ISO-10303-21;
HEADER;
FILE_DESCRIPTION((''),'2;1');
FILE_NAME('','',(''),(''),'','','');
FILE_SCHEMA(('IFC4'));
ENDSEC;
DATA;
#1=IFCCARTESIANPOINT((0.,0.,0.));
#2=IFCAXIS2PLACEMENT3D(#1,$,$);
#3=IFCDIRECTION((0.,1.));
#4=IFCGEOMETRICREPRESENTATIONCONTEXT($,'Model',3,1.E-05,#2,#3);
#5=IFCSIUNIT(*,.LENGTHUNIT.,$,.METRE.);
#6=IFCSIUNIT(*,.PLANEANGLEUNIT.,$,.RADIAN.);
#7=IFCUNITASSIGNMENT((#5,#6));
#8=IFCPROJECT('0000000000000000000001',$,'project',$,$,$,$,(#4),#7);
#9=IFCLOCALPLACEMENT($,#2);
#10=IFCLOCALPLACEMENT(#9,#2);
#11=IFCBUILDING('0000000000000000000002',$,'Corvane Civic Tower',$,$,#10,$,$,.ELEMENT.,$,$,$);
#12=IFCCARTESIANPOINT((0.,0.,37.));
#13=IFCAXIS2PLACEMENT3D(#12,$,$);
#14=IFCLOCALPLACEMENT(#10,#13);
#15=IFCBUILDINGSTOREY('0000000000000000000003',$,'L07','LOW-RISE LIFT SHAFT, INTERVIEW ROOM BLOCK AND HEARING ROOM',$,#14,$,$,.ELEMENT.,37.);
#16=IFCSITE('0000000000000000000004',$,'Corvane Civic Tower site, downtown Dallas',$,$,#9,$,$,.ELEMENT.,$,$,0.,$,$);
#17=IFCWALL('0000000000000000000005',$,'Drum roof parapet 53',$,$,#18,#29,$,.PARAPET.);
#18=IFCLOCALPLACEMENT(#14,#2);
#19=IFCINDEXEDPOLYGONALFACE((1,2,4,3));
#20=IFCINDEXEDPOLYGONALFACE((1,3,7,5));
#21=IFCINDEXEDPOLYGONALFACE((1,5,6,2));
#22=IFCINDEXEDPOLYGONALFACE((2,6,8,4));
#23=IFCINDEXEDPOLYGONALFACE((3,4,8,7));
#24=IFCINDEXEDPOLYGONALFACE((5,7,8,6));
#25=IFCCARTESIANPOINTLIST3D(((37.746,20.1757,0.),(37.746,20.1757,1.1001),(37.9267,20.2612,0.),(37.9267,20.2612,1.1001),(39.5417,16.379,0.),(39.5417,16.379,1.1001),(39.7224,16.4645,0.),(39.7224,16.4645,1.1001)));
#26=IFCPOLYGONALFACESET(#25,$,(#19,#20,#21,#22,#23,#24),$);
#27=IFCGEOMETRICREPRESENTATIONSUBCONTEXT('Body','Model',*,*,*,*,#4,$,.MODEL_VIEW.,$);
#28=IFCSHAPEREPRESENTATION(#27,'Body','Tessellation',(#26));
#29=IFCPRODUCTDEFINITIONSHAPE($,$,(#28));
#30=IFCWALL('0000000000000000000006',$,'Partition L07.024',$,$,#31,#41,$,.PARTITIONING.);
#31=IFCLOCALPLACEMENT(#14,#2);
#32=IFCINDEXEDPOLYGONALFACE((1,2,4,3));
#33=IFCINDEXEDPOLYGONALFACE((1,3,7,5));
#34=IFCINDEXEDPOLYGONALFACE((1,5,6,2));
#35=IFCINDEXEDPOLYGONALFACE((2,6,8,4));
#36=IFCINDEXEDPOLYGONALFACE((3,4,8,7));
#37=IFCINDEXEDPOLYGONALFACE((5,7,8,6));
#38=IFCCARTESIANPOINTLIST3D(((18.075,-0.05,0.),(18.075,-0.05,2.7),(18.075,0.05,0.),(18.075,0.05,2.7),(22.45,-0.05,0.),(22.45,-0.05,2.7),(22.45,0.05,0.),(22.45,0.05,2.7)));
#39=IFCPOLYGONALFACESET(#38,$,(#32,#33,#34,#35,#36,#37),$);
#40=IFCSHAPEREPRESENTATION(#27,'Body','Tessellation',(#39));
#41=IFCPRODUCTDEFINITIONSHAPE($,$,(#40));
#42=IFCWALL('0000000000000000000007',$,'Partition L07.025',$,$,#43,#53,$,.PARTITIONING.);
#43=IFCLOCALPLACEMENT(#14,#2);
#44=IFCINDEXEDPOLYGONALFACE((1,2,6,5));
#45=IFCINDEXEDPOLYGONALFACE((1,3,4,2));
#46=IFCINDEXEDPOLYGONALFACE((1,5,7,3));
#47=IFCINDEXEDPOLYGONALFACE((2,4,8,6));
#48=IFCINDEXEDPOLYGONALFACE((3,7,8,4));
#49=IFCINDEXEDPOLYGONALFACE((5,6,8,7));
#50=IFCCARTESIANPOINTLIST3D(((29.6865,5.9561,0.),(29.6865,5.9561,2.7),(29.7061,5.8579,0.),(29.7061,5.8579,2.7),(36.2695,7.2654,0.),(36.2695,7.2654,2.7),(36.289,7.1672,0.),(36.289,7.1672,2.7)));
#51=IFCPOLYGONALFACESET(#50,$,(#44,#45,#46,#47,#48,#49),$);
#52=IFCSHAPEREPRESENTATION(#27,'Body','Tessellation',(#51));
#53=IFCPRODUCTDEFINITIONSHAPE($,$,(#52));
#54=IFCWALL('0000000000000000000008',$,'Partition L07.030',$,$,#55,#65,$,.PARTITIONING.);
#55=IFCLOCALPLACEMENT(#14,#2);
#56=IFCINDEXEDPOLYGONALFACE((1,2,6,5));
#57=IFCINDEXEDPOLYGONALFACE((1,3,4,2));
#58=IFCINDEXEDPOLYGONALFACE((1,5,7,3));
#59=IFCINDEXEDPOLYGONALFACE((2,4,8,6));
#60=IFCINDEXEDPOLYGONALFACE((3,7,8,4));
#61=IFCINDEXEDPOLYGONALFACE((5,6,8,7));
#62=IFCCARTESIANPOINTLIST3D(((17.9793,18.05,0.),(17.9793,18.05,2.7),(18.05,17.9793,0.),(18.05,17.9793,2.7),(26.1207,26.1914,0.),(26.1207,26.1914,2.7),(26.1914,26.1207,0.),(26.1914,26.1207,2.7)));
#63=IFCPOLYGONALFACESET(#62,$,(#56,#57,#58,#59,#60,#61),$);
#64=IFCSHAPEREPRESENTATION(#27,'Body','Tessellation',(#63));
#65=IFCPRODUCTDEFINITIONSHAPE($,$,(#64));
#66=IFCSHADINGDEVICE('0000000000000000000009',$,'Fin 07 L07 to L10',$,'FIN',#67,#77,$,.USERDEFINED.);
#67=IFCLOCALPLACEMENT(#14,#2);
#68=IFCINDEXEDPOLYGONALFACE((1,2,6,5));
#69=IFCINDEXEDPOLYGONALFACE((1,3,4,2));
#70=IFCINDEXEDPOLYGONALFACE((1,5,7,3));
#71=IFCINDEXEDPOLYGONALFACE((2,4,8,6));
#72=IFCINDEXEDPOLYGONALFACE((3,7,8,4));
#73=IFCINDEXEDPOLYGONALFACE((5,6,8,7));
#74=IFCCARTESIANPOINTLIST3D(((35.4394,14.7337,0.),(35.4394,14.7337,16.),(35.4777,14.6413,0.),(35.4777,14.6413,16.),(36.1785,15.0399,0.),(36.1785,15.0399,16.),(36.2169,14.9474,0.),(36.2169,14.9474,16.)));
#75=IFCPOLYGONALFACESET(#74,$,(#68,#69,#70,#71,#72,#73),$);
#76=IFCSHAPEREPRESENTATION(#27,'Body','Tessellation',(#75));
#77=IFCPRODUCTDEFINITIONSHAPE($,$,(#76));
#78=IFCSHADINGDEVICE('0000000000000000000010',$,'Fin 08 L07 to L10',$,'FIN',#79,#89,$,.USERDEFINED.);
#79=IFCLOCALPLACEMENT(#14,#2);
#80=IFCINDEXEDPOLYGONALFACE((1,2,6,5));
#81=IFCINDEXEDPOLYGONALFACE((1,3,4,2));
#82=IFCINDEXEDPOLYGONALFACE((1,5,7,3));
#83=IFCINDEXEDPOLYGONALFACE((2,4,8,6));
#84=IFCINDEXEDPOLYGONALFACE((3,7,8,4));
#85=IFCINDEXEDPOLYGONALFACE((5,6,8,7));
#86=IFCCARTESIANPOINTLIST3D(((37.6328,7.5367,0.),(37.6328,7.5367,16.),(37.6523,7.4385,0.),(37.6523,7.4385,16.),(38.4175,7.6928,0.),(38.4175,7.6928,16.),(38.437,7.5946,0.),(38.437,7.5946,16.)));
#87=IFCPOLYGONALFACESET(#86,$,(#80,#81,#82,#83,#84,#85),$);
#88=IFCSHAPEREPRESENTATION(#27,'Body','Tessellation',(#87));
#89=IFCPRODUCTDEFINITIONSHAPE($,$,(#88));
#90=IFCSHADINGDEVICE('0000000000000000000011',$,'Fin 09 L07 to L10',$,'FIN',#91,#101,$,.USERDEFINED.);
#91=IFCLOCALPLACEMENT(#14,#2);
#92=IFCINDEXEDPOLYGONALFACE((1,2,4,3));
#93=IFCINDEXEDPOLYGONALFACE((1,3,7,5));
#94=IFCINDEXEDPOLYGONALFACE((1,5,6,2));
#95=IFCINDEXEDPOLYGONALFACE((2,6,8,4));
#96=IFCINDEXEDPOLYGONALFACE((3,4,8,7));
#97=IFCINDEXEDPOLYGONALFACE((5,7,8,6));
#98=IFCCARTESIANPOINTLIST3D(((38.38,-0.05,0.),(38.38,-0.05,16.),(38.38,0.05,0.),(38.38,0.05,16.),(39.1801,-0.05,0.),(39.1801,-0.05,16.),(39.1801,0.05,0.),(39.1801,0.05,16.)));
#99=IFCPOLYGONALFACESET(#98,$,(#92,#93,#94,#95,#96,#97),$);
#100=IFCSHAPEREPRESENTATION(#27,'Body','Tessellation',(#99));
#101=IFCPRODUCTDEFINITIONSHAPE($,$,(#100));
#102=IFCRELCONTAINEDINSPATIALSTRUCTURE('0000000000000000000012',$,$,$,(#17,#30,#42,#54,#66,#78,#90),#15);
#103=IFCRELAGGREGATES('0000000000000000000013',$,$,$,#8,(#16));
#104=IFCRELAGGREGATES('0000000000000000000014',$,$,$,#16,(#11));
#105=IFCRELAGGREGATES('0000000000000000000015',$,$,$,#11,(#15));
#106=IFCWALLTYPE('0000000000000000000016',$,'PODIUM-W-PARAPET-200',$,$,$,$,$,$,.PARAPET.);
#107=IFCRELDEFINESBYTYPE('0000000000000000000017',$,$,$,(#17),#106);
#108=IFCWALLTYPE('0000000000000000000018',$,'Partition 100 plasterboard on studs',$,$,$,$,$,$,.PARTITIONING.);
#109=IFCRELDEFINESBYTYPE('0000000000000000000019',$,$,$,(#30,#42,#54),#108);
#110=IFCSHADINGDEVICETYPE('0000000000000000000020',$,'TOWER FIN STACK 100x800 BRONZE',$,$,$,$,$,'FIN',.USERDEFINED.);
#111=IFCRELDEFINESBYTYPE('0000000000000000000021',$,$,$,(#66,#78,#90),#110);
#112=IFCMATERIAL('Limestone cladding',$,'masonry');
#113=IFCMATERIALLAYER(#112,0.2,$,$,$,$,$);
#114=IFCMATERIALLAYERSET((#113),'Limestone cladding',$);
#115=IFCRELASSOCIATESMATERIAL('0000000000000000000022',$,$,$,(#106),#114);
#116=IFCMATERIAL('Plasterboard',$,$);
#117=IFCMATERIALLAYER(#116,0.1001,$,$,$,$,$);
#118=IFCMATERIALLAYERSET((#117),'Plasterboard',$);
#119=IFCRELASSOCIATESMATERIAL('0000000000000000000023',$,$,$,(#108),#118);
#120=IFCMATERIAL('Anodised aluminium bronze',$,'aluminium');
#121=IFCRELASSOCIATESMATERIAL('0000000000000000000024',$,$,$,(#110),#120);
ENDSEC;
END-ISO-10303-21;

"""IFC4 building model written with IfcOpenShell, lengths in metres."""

from ifc_helpers import new_model, si_unit, direction, frame, frame_2d, origin, origin_2d, place, context, subcontext, project, spatial, rectangle, extrude, material, layer, layer_set, material_profile, profile_set, type_object, element, save


model = new_model("IFC4")

# Units and contexts
model_context = context("Model", 3, precision=1e-05, world=origin(), true_north=direction((0.0, 1.0)))
body_context = subcontext(model_context, "Body", "Model", "MODEL_VIEW")
ifc_project = project(units=[si_unit("LENGTHUNIT", "METRE"), si_unit("PLANEANGLEUNIT", "RADIAN")], contexts=[model_context])

# Site, building, storey
site_placement = place(None, origin())
site = spatial("IfcSite", under=ifc_project, at=site_placement, Name="Corvane Civic Tower site, downtown Dallas", CompositionType="ELEMENT", RefElevation=0.0)
building_placement = place(site_placement, origin())
building = spatial("IfcBuilding", under=site, at=building_placement, Name="Corvane Civic Tower", CompositionType="ELEMENT")
storey_placement = place(building_placement, frame((0.0, 0.0, 37.0)))
storey = spatial("IfcBuildingStorey", under=building, at=storey_placement, Name="L07", Description="LOW-RISE LIFT SHAFT, INTERVIEW ROOM BLOCK AND HEARING ROOM", CompositionType="ELEMENT", Elevation=37.0)

# Walls
ifc_material_1 = material(Name="Limestone cladding", Category="masonry")
ifc_layer_1 = layer(ifc_material_1, 0.2)
ifc_layer_set_1 = layer_set([ifc_layer_1], Name="Limestone cladding")
wall_type_1 = type_object("IfcWallType", Name="PODIUM-W-PARAPET-200", PredefinedType="PARAPET", material=ifc_layer_set_1)
wall_1_placement = place(storey_placement, frame((39.6321, 16.4216, 0.0), z_axis=(0.0, 0.0, 1.0), x_axis=(-0.427552, 0.903991, 0.0)))
element("IfcWall", 1, at=wall_1_placement, inside=storey, type_object=wall_type_1, Name="Drum roof parapet 53", PredefinedType="PARAPET", context=body_context, shape_type="SweptSolid", body=[
    extrude(rectangle(XDim=4.2, YDim=0.2, at=frame_2d((2.1001, 0.0))), origin(), (0.0, 0.0, 1.0), 1.1001),
])
ifc_material_2 = material(Name="Plasterboard")
ifc_layer_2 = layer(ifc_material_2, 0.1001)
ifc_layer_set_2 = layer_set([ifc_layer_2], Name="Plasterboard")
wall_type_2 = type_object("IfcWallType", Name="Partition 100 plasterboard on studs", PredefinedType="PARTITIONING", material=ifc_layer_set_2)
wall_2_placement = place(storey_placement, frame((18.075, 0.0, 0.0), z_axis=(0.0, 0.0, 1.0), x_axis=(1.0, 0.0, 0.0)))
element("IfcWall", 2, at=wall_2_placement, inside=storey, type_object=wall_type_2, Name="Partition L07.024", PredefinedType="PARTITIONING", context=body_context, shape_type="SweptSolid", body=[
    extrude(rectangle(XDim=4.375, YDim=0.1001, at=frame_2d((2.1875, 0.0))), origin(), (0.0, 0.0, 1.0), 2.7),
])
wall_3_placement = place(storey_placement, frame((29.6963, 5.907, 0.0), z_axis=(0.0, 0.0, 1.0), x_axis=(0.980789, 0.195074, 0.0)))
element("IfcWall", 3, at=wall_3_placement, inside=storey, type_object=wall_type_2, Name="Partition L07.025", PredefinedType="PARTITIONING", context=body_context, shape_type="SweptSolid", body=[
    extrude(rectangle(XDim=6.7119, YDim=0.1001, at=frame_2d((3.356, 0.0))), origin(), (0.0, 0.0, 1.0), 2.7),
])
wall_4_placement = place(storey_placement, frame((18.0146, 18.0146, 0.0), z_axis=(0.0, 0.0, 1.0), x_axis=(0.707107, 0.707107, 0.0)))
element("IfcWall", 4, at=wall_4_placement, inside=storey, type_object=wall_type_2, Name="Partition L07.030", PredefinedType="PARTITIONING", context=body_context, shape_type="SweptSolid", body=[
    extrude(rectangle(XDim=11.5137, YDim=0.1001, at=frame_2d((5.7568, 0.0))), origin(), (0.0, 0.0, 1.0), 2.7),
])

# Shading devices
ifc_material_3 = material(Name="Anodised aluminium bronze", Category="aluminium")
ifc_material_profile_1 = material_profile(ifc_material_3, rectangle(XDim=0.1001, YDim=0.8, at=origin_2d()), Name="TOWER FIN STACK 100x800 BRONZE")
ifc_profile_set_1 = profile_set([ifc_material_profile_1], Name="Anodised aluminium bronze")
shading_device_type = type_object("IfcShadingDeviceType", Name="TOWER FIN STACK 100x800 BRONZE", ElementType="FIN", PredefinedType="USERDEFINED", material=ifc_profile_set_1)
for number, where, z_axis, x_axis, name in (
    (5, (35.8281, 14.8406, 0.0), (0.0, 0.0, 1.0), (0.382683, -0.92388, 0.0), "Fin 07 L07 to L10"),
    (6, (38.0349, 7.5657, 0.0), (0.0, 0.0, 1.0), (0.19509, -0.980785, 0.0), "Fin 08 L07 to L10"),
    (7, (38.78, 0.0, 0.0), (0.0, 0.0, 1.0), (0.0, -1.0, 0.0), "Fin 09 L07 to L10"),
):
    element("IfcShadingDevice", number, at=place(storey_placement, frame(where, z_axis=z_axis, x_axis=x_axis)), inside=storey, type_object=shading_device_type, Name=name, ObjectType="FIN", PredefinedType="USERDEFINED", context=body_context, shape_type="SweptSolid", body=[
        extrude(rectangle(XDim=0.1001, YDim=0.8, at=origin_2d()), origin(), (0.0, 0.0, 1.0), 16.0),
    ])

save(model, "model.ifc")
